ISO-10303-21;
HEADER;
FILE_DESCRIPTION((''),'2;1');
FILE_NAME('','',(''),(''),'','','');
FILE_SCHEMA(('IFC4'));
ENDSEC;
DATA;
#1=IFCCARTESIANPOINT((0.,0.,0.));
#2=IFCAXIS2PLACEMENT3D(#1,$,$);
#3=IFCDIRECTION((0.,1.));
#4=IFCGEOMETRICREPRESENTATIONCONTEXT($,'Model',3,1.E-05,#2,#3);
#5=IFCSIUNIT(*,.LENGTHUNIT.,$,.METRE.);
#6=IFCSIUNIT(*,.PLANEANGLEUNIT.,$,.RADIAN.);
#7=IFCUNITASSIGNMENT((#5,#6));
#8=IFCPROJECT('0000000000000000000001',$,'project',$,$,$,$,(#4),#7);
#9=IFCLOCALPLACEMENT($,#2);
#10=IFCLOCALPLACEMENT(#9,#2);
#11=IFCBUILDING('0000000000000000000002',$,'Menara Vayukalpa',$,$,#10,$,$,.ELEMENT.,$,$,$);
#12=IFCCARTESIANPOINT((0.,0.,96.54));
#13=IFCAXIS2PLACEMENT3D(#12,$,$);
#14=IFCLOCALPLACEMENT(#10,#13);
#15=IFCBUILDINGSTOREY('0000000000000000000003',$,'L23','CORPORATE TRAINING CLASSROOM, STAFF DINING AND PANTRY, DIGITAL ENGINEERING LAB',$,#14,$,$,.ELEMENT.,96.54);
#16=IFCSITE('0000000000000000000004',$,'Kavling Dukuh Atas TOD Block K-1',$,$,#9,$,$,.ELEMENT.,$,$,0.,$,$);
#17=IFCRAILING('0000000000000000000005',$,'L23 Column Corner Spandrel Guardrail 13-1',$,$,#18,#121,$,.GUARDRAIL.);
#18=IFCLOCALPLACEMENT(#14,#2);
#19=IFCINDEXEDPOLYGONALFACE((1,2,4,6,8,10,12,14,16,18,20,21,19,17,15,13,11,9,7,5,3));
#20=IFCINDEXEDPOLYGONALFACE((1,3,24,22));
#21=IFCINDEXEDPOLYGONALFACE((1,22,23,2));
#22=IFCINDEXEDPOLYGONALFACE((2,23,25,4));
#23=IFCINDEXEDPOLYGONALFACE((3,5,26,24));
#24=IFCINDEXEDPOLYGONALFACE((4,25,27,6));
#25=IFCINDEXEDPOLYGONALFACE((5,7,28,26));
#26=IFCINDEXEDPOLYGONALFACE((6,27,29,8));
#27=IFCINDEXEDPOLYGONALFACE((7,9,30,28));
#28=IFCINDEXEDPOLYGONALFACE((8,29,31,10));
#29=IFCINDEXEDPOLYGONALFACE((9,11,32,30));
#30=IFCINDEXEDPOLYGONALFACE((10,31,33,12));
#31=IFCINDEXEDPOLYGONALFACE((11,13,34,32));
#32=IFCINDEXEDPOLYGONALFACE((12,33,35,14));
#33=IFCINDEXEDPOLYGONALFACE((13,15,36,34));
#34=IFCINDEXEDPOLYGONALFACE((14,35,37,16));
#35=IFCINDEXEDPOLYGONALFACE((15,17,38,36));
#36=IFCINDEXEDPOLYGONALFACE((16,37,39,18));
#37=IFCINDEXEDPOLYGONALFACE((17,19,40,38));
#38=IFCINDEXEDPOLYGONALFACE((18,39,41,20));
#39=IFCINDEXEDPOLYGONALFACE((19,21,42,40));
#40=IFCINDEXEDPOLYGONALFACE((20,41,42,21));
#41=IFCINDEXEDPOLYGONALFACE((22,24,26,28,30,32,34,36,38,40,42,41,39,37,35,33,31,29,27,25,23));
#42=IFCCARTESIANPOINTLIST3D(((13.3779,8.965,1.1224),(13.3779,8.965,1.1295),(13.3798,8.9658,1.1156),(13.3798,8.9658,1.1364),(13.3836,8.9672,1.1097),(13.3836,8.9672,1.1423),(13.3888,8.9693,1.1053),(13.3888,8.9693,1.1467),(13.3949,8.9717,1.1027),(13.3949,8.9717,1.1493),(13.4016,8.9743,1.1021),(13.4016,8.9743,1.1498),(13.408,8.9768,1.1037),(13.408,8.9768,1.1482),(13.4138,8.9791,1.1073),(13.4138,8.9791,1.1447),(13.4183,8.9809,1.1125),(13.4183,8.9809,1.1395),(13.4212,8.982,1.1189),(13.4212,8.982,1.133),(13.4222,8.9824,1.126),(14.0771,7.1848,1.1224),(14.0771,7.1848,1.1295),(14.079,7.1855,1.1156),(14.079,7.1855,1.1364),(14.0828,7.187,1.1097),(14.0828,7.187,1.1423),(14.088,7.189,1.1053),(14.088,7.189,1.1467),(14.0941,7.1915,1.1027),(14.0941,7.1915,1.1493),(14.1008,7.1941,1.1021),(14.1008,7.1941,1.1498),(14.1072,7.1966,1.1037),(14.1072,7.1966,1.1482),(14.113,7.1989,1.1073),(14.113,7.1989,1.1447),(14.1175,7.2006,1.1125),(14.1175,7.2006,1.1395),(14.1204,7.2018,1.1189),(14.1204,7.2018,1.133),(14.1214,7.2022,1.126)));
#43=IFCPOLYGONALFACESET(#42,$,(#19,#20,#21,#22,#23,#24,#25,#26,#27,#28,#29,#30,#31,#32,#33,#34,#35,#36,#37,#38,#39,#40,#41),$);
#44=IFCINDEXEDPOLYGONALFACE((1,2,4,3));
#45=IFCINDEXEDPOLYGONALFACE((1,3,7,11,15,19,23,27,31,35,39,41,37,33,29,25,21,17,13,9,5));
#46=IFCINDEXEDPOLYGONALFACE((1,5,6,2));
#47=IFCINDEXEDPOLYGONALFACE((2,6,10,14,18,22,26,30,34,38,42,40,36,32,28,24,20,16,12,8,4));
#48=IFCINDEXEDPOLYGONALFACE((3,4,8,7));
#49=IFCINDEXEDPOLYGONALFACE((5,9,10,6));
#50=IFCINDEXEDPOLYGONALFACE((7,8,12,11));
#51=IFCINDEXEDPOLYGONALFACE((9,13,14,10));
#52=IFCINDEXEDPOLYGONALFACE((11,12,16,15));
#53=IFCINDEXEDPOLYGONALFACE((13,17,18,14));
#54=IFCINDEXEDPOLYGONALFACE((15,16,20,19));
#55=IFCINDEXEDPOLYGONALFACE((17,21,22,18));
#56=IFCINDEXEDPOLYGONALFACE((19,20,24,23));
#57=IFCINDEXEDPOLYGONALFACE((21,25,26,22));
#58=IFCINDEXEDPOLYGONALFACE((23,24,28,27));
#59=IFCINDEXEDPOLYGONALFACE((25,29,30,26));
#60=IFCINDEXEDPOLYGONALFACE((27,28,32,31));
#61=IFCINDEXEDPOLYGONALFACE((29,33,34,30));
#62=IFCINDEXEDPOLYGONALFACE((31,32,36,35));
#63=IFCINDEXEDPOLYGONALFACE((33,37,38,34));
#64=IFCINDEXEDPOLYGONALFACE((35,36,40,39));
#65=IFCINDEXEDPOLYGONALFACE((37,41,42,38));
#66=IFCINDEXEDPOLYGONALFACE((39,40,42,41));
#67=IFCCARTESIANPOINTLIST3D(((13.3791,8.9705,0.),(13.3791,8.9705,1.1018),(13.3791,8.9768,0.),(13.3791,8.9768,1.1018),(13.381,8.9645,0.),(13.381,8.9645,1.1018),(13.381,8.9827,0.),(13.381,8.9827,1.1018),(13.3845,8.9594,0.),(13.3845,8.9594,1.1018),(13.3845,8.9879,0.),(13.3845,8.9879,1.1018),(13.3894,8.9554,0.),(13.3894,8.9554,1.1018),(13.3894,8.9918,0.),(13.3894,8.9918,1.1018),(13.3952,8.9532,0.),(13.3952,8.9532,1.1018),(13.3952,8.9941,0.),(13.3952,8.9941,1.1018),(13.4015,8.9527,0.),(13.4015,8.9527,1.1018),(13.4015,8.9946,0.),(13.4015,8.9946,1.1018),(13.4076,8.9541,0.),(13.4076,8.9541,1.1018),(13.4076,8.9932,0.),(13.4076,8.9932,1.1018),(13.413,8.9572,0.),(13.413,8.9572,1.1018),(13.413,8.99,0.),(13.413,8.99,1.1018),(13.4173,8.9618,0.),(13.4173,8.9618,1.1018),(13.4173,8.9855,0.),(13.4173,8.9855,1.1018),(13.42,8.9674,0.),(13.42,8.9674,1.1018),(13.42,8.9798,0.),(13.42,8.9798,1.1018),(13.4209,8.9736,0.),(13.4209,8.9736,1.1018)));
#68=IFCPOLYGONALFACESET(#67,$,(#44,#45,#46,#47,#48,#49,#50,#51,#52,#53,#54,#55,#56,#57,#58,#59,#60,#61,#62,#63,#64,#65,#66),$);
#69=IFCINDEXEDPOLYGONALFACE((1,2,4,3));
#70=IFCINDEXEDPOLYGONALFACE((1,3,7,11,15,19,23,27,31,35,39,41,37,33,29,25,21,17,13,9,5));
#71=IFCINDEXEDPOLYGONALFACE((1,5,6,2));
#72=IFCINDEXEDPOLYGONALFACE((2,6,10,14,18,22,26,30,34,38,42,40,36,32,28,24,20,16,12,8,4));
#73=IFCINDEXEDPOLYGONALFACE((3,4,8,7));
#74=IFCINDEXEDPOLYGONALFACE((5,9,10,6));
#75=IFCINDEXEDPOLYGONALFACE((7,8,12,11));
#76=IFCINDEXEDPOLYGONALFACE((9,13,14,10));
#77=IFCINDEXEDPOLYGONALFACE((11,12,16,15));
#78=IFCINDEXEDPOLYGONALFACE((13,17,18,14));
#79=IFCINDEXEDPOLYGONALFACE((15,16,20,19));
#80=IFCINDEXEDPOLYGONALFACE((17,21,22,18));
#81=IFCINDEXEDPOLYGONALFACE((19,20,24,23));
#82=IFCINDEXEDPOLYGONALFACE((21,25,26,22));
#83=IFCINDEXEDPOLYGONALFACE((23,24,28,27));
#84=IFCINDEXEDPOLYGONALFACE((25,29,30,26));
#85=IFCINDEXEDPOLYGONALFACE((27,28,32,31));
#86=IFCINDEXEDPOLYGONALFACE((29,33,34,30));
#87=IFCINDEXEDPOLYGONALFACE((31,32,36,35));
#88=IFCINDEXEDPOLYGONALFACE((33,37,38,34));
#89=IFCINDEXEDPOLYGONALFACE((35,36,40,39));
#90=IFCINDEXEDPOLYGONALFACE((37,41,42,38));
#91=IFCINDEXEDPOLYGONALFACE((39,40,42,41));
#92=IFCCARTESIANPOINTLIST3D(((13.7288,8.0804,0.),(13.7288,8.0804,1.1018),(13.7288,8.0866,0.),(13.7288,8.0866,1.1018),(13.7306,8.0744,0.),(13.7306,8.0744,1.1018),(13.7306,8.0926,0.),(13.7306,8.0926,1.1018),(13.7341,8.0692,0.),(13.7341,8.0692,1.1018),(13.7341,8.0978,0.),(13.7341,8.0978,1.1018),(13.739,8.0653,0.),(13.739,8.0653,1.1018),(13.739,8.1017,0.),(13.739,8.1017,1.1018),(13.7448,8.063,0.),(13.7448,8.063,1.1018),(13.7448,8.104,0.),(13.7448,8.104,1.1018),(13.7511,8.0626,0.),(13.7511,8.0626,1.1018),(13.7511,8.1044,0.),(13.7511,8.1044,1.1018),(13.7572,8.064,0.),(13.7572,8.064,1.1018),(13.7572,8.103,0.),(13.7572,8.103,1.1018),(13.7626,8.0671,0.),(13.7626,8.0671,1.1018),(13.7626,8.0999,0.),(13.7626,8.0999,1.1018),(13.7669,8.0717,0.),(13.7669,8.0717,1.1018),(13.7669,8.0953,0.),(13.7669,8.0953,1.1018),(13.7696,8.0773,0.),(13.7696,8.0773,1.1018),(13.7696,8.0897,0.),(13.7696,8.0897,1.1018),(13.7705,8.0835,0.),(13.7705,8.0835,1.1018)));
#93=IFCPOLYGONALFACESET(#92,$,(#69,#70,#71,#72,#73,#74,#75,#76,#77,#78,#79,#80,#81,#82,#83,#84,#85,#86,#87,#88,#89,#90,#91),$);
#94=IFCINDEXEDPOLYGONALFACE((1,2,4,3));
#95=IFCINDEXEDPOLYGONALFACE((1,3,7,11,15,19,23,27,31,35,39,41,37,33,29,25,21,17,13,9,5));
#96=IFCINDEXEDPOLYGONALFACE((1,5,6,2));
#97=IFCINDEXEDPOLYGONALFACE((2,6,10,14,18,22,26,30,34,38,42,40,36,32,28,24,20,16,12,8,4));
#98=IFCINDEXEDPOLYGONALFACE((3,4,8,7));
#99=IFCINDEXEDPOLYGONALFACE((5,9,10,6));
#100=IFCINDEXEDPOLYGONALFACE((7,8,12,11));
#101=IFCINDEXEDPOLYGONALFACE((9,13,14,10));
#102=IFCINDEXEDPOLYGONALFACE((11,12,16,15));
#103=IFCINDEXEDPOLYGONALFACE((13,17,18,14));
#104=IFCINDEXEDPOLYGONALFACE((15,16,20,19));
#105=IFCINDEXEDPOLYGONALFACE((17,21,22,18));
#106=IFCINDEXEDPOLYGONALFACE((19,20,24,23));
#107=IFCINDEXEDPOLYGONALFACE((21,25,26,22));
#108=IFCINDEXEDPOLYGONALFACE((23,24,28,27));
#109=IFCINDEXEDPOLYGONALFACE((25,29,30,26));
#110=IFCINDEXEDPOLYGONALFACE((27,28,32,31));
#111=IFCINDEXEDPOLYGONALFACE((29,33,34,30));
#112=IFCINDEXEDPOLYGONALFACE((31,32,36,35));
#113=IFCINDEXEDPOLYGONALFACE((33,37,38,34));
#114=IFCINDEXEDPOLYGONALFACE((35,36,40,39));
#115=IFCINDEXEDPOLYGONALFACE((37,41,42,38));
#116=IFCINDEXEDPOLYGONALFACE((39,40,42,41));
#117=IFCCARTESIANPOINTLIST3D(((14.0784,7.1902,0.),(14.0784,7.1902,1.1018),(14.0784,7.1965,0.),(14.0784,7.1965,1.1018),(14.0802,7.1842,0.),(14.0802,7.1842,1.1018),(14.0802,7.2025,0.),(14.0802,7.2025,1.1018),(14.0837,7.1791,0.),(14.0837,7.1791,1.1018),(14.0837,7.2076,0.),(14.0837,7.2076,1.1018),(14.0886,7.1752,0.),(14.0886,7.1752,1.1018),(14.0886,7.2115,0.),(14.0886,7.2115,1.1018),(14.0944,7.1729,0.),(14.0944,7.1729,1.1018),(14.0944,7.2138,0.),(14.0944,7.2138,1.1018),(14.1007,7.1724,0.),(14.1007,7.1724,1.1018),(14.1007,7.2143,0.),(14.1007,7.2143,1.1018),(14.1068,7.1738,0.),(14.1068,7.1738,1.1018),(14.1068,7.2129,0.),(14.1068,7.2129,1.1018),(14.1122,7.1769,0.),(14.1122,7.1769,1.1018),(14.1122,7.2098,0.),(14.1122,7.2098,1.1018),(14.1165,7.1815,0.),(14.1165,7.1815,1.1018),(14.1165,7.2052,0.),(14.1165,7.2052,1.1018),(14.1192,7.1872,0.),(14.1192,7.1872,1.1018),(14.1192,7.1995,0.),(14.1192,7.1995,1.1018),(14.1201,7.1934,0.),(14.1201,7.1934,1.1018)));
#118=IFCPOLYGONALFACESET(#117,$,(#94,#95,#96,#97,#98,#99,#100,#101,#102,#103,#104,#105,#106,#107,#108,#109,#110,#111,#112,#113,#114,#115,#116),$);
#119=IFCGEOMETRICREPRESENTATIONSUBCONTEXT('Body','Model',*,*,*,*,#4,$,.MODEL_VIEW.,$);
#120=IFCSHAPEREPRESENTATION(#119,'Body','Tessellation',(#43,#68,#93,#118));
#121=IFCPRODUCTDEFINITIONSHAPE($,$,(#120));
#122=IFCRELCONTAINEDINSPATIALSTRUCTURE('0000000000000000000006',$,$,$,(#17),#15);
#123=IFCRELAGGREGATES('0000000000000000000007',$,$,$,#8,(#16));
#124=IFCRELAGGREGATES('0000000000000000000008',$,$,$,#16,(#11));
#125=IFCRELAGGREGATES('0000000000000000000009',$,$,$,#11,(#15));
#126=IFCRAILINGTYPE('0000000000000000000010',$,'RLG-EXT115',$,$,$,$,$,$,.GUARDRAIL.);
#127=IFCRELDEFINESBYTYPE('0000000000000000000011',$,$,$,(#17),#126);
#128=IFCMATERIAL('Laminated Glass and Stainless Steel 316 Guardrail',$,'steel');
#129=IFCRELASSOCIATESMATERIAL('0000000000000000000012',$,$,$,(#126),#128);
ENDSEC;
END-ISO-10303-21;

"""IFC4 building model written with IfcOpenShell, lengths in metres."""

from ifc_helpers import new_model, si_unit, direction, frame, origin, origin_2d, place, context, subcontext, project, spatial, circle, extrude, material, type_object, element, save


model = new_model("IFC4")

# Units and contexts
model_context = context("Model", 3, precision=1e-05, world=origin(), true_north=direction((0.0, 1.0)))
body_context = subcontext(model_context, "Body", "Model", "MODEL_VIEW")
ifc_project = project(units=[si_unit("LENGTHUNIT", "METRE"), si_unit("PLANEANGLEUNIT", "RADIAN")], contexts=[model_context])

# Site, building, storey
site_placement = place(None, origin())
site = spatial("IfcSite", under=ifc_project, at=site_placement, Name="Kavling Dukuh Atas TOD Block K-1", CompositionType="ELEMENT", RefElevation=0.0)
building_placement = place(site_placement, origin())
building = spatial("IfcBuilding", under=site, at=building_placement, Name="Menara Vayukalpa", CompositionType="ELEMENT")
storey_placement = place(building_placement, frame((0.0, 0.0, 96.54)))
storey = spatial("IfcBuildingStorey", under=building, at=storey_placement, Name="L23", Description="CORPORATE TRAINING CLASSROOM, STAFF DINING AND PANTRY, DIGITAL ENGINEERING LAB", CompositionType="ELEMENT", Elevation=96.54)

# Railing
ifc_material_1 = material(Name="Laminated Glass and Stainless Steel 316 Guardrail", Category="steel")
railing_type = type_object("IfcRailingType", Name="RLG-EXT115", PredefinedType="GUARDRAIL", material=ifc_material_1)
railing_1_placement = place(storey_placement, frame((13.3999, 8.9736, 0.0)))
element("IfcRailing", 1, at=railing_1_placement, inside=storey, type_object=railing_type, Name="L23 Column Corner Spandrel Guardrail 13-1", PredefinedType="GUARDRAIL", context=body_context, shape_type="SweptSolid", body=[
    extrude(circle(Radius=0.0239, at=origin_2d()), frame((0.0, 0.0, 1.126), z_axis=(0.365573, -0.930783, 0.0), x_axis=(0.930783, 0.365573, 0.0)), (0.0, 0.0, 1.0), 1.9126),
    extrude(circle(Radius=0.021, at=origin_2d()), origin(), (0.0, 0.0, 1.0), 1.1018),
    extrude(circle(Radius=0.021, at=origin_2d()), frame((0.3496, -0.8901, 0.0)), (0.0, 0.0, 1.0), 1.1018),
    extrude(circle(Radius=0.021, at=origin_2d()), frame((0.6992, -1.7803, 0.0)), (0.0, 0.0, 1.0), 1.1018),
])

save(model, "model.ifc")
